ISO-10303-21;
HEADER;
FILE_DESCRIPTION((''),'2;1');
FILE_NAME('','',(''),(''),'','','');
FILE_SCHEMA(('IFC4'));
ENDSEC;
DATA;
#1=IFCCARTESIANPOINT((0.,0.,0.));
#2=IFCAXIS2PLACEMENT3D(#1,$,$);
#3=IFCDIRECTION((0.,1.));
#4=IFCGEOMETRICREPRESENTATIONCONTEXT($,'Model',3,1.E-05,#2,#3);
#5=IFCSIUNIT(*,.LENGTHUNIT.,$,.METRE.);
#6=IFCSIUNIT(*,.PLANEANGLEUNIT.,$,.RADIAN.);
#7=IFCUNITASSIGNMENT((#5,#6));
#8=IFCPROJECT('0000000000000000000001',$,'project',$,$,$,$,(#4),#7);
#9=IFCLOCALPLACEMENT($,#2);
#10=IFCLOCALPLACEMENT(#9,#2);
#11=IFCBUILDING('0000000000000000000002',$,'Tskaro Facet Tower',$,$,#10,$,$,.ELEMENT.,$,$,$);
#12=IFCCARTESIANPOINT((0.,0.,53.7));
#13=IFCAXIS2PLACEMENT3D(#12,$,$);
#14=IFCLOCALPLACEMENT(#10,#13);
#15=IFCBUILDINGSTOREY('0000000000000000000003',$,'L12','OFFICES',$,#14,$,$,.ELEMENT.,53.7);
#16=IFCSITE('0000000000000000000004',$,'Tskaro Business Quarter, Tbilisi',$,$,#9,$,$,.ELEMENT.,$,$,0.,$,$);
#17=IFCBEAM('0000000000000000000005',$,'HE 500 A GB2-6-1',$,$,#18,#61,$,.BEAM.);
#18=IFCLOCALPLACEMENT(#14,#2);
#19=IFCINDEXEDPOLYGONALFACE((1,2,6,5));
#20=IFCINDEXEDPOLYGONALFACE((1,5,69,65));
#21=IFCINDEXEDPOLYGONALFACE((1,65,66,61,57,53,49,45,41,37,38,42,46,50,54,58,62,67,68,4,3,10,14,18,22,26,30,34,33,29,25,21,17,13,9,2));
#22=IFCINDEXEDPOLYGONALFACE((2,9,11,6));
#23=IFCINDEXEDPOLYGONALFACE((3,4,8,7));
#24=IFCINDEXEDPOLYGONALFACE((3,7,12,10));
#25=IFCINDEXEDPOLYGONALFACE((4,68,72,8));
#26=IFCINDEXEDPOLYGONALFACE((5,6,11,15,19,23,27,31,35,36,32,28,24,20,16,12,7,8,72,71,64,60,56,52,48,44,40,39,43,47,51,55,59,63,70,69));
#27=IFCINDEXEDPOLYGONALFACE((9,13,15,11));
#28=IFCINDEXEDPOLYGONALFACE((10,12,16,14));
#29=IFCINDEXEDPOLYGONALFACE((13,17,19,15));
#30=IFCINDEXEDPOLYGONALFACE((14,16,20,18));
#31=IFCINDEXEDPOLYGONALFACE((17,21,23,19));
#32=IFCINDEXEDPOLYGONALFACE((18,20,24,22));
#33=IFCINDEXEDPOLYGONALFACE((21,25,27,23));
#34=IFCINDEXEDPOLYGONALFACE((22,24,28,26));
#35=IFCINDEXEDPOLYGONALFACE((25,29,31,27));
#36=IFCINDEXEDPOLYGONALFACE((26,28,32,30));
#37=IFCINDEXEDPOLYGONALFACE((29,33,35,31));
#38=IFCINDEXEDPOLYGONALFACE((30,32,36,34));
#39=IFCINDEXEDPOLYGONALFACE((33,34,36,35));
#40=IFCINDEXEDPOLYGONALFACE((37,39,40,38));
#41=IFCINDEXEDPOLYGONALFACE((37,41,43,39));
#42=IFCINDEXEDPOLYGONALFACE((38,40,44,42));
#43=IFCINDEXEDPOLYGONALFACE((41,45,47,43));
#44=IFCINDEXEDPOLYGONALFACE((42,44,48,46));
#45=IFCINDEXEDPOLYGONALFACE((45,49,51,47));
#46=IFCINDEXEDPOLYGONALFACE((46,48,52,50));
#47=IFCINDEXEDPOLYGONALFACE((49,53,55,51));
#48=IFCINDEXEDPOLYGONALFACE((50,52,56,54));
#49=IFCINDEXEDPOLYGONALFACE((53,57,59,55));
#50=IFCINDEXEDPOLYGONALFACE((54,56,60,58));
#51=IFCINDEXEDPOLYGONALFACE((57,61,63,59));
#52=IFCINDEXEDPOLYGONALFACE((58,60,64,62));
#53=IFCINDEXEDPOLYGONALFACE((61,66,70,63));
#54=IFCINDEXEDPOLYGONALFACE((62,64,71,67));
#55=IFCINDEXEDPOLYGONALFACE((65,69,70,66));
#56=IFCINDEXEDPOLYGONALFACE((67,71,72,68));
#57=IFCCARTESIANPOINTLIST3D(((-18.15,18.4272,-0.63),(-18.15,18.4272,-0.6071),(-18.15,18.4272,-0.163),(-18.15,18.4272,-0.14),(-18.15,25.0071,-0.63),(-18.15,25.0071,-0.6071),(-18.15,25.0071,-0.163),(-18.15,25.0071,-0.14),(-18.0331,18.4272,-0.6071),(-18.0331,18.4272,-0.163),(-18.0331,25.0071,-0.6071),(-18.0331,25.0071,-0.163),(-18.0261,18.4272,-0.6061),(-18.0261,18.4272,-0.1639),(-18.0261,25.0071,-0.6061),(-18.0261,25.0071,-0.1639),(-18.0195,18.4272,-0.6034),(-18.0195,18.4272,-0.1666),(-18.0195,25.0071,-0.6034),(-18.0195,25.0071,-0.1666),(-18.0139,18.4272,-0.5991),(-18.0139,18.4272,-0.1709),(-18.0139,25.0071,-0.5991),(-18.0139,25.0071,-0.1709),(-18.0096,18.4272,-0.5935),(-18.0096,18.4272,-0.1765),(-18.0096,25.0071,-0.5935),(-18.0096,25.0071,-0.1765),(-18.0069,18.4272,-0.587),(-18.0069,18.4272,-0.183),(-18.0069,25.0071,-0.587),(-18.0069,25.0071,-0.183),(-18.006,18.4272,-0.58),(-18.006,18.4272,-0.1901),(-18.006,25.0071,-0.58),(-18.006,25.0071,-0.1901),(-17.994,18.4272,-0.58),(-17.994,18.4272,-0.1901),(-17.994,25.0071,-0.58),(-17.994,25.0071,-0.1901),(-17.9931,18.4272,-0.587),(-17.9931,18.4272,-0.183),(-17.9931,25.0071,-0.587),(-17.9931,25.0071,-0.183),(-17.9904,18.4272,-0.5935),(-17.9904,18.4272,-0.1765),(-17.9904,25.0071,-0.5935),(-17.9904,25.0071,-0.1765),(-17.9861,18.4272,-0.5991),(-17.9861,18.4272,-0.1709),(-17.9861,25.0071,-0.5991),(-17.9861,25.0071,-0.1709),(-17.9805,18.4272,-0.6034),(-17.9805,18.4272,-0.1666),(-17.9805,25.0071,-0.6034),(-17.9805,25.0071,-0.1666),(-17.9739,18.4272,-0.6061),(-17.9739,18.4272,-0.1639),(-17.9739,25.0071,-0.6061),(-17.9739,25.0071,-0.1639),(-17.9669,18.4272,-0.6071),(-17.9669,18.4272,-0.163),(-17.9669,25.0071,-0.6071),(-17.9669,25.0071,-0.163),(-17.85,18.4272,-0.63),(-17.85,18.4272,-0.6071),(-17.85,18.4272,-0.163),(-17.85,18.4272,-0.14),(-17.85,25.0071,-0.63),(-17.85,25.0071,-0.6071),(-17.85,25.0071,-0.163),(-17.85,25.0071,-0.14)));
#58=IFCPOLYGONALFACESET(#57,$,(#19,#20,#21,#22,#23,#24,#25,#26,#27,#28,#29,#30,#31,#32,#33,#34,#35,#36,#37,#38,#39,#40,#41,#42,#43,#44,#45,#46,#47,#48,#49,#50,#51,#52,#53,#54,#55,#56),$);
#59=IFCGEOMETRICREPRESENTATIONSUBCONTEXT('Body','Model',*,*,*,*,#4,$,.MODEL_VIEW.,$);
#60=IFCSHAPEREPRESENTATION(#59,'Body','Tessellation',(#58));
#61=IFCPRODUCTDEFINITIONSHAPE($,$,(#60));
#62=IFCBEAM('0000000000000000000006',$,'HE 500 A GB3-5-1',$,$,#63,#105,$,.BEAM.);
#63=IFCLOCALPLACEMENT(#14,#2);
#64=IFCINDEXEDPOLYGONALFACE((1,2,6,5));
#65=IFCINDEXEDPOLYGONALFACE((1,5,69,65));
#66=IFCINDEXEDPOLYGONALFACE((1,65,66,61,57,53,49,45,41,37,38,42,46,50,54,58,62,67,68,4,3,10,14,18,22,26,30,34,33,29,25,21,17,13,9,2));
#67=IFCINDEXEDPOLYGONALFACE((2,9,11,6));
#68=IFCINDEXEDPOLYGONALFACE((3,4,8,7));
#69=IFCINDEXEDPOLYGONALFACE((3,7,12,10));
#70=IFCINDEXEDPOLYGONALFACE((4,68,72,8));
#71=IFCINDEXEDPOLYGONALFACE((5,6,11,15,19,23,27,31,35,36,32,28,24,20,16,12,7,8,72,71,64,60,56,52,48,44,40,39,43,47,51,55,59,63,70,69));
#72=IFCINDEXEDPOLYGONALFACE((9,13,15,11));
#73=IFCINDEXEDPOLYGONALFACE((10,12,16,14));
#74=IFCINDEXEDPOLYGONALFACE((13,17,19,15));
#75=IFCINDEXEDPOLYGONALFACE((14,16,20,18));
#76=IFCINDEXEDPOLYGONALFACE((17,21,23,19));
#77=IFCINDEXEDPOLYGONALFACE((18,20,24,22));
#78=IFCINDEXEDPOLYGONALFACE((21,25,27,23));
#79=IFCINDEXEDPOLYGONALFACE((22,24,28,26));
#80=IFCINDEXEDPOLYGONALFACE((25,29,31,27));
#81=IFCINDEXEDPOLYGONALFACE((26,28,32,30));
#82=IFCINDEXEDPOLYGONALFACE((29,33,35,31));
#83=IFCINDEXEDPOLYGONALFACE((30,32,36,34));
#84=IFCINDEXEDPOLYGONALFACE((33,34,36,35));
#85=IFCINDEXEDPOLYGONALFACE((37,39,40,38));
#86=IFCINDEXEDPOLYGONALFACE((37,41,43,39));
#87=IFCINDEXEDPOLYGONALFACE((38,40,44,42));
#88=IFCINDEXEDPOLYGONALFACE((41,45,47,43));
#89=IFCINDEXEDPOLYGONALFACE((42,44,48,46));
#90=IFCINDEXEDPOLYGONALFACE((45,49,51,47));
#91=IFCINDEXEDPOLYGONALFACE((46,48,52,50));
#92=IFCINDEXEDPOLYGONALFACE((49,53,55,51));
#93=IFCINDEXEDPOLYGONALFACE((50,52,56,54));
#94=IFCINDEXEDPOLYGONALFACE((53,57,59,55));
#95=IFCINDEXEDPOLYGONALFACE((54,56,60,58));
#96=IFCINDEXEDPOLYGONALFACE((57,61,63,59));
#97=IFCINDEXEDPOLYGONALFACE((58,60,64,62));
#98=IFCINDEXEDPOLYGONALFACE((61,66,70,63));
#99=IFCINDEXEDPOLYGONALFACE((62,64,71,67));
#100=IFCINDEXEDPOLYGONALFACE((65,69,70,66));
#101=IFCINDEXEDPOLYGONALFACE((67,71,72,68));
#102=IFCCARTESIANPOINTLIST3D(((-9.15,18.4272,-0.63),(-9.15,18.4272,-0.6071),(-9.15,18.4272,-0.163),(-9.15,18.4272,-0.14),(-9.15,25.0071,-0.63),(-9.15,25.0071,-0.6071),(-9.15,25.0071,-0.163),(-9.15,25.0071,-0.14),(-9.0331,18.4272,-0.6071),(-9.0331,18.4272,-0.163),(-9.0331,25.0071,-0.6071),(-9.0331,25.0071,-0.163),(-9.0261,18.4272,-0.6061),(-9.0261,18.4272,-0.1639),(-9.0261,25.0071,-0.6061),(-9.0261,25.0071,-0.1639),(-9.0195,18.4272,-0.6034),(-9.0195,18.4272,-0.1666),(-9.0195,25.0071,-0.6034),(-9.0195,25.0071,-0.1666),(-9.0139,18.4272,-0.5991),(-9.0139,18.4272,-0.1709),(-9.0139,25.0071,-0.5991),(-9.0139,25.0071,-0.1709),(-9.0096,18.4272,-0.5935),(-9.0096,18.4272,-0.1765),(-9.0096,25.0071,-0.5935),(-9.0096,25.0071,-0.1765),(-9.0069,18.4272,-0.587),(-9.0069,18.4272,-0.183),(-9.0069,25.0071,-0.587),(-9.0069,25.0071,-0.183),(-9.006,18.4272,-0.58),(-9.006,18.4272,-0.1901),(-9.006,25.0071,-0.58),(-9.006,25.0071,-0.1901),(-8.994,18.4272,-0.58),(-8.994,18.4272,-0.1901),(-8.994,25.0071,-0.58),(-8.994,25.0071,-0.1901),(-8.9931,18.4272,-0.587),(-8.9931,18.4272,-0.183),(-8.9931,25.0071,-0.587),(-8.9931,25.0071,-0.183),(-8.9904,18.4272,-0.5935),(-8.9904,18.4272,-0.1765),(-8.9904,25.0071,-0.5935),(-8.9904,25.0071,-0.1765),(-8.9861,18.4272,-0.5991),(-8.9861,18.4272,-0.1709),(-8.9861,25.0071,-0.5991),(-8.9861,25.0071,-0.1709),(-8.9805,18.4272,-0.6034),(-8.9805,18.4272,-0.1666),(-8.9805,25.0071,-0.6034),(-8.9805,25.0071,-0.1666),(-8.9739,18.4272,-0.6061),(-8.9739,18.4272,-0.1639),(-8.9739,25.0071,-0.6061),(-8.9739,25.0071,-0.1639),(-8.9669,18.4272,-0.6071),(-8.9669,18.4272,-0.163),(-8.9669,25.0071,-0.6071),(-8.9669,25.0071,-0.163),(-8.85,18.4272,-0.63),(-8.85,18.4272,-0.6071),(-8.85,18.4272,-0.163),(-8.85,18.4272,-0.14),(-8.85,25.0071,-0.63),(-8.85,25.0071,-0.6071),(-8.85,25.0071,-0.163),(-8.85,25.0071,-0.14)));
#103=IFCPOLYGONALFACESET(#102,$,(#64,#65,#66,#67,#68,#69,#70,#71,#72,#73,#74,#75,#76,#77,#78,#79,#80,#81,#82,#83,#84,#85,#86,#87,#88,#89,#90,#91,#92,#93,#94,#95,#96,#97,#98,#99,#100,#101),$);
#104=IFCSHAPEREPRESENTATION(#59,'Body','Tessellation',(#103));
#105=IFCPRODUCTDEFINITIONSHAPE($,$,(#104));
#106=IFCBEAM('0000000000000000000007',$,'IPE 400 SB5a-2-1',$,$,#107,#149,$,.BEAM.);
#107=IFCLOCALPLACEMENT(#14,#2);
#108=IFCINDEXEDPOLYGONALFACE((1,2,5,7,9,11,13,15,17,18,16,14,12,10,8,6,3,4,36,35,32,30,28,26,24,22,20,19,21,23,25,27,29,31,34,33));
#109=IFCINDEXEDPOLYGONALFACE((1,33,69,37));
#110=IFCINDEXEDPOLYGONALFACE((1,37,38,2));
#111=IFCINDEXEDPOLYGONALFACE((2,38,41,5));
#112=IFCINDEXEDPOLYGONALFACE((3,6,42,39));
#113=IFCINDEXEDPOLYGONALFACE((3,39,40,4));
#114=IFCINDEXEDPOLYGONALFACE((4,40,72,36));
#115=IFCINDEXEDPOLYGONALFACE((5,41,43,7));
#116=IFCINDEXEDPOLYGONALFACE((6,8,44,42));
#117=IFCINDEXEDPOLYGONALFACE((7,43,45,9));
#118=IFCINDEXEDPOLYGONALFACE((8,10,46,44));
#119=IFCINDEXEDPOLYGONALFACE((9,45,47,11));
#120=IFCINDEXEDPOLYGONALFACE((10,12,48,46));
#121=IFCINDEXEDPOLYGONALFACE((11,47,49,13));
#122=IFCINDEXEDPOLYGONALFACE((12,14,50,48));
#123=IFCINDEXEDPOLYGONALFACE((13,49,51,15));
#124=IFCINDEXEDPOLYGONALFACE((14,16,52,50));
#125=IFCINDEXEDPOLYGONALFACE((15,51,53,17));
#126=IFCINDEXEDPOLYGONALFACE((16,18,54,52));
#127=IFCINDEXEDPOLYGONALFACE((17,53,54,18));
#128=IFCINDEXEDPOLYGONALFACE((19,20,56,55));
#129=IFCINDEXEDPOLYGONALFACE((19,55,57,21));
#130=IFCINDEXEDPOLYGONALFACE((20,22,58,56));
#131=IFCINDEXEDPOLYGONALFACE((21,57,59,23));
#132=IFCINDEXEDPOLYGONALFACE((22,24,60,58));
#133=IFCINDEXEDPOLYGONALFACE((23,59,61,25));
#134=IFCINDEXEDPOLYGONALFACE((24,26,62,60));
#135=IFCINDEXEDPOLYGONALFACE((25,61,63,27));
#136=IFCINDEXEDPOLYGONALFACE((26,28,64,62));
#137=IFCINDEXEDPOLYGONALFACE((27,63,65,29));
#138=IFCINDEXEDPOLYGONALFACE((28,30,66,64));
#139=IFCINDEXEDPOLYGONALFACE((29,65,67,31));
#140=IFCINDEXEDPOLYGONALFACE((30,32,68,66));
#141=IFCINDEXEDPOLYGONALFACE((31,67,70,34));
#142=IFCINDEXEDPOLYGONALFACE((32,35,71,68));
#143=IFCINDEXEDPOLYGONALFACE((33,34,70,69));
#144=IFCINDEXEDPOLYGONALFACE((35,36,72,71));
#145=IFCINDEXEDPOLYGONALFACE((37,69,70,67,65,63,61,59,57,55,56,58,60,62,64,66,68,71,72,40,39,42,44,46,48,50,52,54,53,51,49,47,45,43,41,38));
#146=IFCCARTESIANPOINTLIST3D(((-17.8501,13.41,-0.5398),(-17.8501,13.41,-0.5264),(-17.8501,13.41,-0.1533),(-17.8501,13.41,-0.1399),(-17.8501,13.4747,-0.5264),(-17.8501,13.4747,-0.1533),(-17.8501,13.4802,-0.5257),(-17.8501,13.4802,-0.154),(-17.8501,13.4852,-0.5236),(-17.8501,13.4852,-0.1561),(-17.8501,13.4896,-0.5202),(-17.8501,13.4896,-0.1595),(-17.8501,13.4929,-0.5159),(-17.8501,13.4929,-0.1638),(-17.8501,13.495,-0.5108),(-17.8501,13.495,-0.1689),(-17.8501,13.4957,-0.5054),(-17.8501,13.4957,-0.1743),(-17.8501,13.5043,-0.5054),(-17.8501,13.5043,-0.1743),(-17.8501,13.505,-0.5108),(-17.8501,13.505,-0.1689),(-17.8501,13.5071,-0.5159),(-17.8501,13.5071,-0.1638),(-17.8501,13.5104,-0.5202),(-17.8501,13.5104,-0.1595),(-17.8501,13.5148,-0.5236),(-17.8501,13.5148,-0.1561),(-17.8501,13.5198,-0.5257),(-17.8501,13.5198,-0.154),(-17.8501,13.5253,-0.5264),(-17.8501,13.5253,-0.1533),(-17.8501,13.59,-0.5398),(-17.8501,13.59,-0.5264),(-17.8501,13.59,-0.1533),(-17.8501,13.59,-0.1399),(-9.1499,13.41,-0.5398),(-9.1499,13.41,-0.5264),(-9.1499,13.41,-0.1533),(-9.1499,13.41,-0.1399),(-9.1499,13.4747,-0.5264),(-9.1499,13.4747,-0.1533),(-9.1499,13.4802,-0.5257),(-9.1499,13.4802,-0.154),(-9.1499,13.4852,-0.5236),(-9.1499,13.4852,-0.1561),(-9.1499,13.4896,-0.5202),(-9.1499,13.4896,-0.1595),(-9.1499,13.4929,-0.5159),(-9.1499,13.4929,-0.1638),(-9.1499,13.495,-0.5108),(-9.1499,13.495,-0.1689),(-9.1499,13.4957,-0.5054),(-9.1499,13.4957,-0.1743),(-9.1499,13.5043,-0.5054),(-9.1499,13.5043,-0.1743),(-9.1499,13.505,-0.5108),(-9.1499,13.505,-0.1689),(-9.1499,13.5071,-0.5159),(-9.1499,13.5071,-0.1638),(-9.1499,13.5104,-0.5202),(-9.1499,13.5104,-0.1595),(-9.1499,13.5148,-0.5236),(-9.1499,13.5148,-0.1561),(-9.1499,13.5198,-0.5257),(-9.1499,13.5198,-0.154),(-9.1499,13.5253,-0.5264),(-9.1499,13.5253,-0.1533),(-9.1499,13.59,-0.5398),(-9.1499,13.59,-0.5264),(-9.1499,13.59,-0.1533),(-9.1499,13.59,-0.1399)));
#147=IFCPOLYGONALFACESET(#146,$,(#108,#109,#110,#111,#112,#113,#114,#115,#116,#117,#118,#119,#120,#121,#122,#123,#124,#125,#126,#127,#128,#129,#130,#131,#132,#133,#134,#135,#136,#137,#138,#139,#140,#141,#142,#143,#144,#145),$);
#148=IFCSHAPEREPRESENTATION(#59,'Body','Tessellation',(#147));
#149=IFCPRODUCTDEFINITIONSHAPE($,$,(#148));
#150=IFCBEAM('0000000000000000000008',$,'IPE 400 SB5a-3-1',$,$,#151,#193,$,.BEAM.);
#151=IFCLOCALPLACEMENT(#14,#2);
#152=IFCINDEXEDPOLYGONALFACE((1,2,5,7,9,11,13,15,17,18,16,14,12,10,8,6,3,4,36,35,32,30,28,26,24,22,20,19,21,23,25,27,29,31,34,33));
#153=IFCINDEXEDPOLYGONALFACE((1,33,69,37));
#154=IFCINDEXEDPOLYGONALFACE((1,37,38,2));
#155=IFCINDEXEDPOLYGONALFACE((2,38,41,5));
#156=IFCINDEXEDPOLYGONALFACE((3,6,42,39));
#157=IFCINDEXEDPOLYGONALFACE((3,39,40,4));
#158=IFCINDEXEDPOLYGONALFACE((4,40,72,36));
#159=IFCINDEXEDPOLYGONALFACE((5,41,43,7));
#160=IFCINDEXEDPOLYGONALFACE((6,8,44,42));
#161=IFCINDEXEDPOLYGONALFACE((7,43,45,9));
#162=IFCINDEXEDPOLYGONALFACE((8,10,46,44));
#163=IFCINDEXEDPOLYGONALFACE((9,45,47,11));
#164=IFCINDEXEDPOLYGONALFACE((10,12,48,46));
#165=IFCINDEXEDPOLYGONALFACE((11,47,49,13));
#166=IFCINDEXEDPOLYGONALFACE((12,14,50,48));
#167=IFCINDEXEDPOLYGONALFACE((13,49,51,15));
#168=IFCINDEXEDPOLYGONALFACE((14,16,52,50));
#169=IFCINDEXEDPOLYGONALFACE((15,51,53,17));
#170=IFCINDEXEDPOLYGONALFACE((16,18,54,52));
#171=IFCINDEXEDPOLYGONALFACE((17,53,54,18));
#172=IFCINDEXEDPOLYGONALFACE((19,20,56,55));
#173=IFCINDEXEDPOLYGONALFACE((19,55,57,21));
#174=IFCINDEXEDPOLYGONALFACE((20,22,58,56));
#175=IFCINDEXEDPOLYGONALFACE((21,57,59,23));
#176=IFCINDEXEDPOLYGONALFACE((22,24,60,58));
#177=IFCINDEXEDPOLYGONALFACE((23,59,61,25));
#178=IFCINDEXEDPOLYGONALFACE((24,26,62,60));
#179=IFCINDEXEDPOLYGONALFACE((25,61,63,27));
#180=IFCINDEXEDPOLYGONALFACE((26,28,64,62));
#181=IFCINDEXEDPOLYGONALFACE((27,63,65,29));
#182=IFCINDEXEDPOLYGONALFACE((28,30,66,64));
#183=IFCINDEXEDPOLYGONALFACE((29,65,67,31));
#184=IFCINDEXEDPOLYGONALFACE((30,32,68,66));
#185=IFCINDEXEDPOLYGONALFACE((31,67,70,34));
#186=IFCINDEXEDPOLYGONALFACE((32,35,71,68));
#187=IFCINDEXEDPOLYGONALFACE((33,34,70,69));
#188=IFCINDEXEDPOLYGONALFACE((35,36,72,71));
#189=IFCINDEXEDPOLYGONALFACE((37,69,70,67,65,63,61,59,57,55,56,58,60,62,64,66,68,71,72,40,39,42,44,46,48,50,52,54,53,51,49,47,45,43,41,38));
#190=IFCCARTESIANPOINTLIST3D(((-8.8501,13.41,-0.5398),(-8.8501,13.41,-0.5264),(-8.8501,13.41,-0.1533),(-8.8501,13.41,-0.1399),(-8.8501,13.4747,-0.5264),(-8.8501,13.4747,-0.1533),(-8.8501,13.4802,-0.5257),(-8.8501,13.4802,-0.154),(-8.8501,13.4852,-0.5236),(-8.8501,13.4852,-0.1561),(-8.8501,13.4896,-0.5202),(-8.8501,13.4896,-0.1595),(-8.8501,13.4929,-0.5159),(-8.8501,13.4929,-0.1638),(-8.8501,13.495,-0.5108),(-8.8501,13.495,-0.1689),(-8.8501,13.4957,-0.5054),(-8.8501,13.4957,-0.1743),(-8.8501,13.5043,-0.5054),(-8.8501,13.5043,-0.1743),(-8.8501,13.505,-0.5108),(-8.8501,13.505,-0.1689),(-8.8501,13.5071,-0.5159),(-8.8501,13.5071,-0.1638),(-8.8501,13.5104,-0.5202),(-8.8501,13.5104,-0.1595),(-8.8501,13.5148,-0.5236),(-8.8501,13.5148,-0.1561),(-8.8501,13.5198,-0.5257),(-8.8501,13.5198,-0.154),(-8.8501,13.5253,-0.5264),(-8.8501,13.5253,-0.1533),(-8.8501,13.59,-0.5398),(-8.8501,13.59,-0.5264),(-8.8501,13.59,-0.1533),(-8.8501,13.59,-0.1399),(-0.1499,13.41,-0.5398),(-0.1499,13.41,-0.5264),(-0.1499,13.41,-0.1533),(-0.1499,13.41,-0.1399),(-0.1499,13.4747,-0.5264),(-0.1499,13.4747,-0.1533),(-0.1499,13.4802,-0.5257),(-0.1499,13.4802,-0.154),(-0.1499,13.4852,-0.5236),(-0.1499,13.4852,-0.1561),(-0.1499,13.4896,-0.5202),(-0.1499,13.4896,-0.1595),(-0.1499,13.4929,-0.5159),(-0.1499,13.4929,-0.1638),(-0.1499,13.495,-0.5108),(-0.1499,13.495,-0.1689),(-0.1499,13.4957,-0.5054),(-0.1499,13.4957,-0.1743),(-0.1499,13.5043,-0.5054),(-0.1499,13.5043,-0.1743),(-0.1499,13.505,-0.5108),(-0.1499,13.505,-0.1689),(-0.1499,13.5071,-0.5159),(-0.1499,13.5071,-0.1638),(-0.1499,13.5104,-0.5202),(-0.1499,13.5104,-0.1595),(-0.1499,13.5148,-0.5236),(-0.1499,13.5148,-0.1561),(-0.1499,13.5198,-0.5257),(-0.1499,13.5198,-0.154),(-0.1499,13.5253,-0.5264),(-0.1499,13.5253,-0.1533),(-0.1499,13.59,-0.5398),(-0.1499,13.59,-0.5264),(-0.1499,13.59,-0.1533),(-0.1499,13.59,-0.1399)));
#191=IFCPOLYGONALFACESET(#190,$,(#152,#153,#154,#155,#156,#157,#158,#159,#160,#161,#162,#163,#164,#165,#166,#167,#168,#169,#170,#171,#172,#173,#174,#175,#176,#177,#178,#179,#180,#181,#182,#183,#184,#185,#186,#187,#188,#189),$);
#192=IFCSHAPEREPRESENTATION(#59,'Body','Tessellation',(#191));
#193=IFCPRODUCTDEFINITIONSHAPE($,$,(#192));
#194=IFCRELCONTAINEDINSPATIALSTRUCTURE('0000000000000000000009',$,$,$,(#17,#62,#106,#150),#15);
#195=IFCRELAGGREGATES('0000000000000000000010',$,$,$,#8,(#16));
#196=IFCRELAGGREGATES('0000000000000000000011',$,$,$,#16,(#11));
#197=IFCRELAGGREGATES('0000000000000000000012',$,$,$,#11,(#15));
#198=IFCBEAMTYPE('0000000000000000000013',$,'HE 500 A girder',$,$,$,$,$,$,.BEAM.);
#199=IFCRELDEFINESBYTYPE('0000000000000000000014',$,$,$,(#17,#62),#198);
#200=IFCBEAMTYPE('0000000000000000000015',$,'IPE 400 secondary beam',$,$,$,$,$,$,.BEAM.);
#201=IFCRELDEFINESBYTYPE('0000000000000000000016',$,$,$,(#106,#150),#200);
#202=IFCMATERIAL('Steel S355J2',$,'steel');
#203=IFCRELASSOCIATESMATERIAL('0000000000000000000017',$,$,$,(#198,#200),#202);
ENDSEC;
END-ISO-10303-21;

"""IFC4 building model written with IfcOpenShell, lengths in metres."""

from ifc_helpers import new_model, si_unit, direction, frame, origin, origin_2d, place, context, subcontext, project, spatial, i_section, extrude, material, material_profile, profile_set, type_object, element, save


model = new_model("IFC4")

# Units and contexts
model_context = context("Model", 3, precision=1e-05, world=origin(), true_north=direction((0.0, 1.0)))
body_context = subcontext(model_context, "Body", "Model", "MODEL_VIEW")
ifc_project = project(units=[si_unit("LENGTHUNIT", "METRE"), si_unit("PLANEANGLEUNIT", "RADIAN")], contexts=[model_context])

# Site, building, storey
site_placement = place(None, origin())
site = spatial("IfcSite", under=ifc_project, at=site_placement, Name="Tskaro Business Quarter, Tbilisi", CompositionType="ELEMENT", RefElevation=0.0)
building_placement = place(site_placement, origin())
building = spatial("IfcBuilding", under=site, at=building_placement, Name="Tskaro Facet Tower", CompositionType="ELEMENT")
storey_placement = place(building_placement, frame((0.0, 0.0, 53.7)))
storey = spatial("IfcBuildingStorey", under=building, at=storey_placement, Name="L12", Description="OFFICES", CompositionType="ELEMENT", Elevation=53.7)

# Beams
ifc_material_1 = material(Name="Steel S355J2", Category="steel")
ifc_material_profile_1 = material_profile(ifc_material_1, i_section(OverallWidth=0.3, OverallDepth=0.49, WebThickness=0.012, FlangeThickness=0.0229, FilletRadius=0.0271, at=origin_2d()), Name="HE 500 A")
ifc_profile_set_1 = profile_set([ifc_material_profile_1], Name="Steel S355J2")
beam_type_1 = type_object("IfcBeamType", Name="HE 500 A girder", PredefinedType="BEAM", material=ifc_profile_set_1)
for number, where, z_axis, x_axis, name in (
    (1, (-18.0, 18.4272, -0.385), (0.0, 1.0, 0.0), (-1.0, 0.0, 0.0), "HE 500 A GB2-6-1"),
    (2, (-9.0, 18.4272, -0.385), (0.0, 1.0, 0.0), (-1.0, 0.0, 0.0), "HE 500 A GB3-5-1"),
):
    element("IfcBeam", number, at=place(storey_placement, frame(where, z_axis=z_axis, x_axis=x_axis)), inside=storey, type_object=beam_type_1, Name=name, PredefinedType="BEAM", context=body_context, shape_type="SweptSolid", body=[
        extrude(i_section(OverallWidth=0.3, OverallDepth=0.49, WebThickness=0.012, FlangeThickness=0.0229, FilletRadius=0.0271, at=origin_2d()), origin(), (0.0, 0.0, 1.0), 6.5798),
    ])
ifc_material_profile_2 = material_profile(ifc_material_1, i_section(OverallWidth=0.1799, OverallDepth=0.3999, WebThickness=0.0085, FlangeThickness=0.0134, FilletRadius=0.021, at=origin_2d()), Name="IPE 400")
ifc_profile_set_2 = profile_set([ifc_material_profile_2], Name="Steel S355J2")
beam_type_2 = type_object("IfcBeamType", Name="IPE 400 secondary beam", PredefinedType="BEAM", material=ifc_profile_set_2)
for number, where, z_axis, x_axis, name in (
    (3, (-17.8501, 13.5, -0.3398), (1.0, 0.0, 0.0), (0.0, 1.0, 0.0), "IPE 400 SB5a-2-1"),
    (4, (-8.8501, 13.5, -0.3398), (1.0, 0.0, 0.0), (0.0, 1.0, 0.0), "IPE 400 SB5a-3-1"),
):
    element("IfcBeam", number, at=place(storey_placement, frame(where, z_axis=z_axis, x_axis=x_axis)), inside=storey, type_object=beam_type_2, Name=name, PredefinedType="BEAM", context=body_context, shape_type="SweptSolid", body=[
        extrude(i_section(OverallWidth=0.1799, OverallDepth=0.3999, WebThickness=0.0085, FlangeThickness=0.0134, FilletRadius=0.021, at=origin_2d()), origin(), (0.0, 0.0, 1.0), 8.7002),
    ])

save(model, "model.ifc")
